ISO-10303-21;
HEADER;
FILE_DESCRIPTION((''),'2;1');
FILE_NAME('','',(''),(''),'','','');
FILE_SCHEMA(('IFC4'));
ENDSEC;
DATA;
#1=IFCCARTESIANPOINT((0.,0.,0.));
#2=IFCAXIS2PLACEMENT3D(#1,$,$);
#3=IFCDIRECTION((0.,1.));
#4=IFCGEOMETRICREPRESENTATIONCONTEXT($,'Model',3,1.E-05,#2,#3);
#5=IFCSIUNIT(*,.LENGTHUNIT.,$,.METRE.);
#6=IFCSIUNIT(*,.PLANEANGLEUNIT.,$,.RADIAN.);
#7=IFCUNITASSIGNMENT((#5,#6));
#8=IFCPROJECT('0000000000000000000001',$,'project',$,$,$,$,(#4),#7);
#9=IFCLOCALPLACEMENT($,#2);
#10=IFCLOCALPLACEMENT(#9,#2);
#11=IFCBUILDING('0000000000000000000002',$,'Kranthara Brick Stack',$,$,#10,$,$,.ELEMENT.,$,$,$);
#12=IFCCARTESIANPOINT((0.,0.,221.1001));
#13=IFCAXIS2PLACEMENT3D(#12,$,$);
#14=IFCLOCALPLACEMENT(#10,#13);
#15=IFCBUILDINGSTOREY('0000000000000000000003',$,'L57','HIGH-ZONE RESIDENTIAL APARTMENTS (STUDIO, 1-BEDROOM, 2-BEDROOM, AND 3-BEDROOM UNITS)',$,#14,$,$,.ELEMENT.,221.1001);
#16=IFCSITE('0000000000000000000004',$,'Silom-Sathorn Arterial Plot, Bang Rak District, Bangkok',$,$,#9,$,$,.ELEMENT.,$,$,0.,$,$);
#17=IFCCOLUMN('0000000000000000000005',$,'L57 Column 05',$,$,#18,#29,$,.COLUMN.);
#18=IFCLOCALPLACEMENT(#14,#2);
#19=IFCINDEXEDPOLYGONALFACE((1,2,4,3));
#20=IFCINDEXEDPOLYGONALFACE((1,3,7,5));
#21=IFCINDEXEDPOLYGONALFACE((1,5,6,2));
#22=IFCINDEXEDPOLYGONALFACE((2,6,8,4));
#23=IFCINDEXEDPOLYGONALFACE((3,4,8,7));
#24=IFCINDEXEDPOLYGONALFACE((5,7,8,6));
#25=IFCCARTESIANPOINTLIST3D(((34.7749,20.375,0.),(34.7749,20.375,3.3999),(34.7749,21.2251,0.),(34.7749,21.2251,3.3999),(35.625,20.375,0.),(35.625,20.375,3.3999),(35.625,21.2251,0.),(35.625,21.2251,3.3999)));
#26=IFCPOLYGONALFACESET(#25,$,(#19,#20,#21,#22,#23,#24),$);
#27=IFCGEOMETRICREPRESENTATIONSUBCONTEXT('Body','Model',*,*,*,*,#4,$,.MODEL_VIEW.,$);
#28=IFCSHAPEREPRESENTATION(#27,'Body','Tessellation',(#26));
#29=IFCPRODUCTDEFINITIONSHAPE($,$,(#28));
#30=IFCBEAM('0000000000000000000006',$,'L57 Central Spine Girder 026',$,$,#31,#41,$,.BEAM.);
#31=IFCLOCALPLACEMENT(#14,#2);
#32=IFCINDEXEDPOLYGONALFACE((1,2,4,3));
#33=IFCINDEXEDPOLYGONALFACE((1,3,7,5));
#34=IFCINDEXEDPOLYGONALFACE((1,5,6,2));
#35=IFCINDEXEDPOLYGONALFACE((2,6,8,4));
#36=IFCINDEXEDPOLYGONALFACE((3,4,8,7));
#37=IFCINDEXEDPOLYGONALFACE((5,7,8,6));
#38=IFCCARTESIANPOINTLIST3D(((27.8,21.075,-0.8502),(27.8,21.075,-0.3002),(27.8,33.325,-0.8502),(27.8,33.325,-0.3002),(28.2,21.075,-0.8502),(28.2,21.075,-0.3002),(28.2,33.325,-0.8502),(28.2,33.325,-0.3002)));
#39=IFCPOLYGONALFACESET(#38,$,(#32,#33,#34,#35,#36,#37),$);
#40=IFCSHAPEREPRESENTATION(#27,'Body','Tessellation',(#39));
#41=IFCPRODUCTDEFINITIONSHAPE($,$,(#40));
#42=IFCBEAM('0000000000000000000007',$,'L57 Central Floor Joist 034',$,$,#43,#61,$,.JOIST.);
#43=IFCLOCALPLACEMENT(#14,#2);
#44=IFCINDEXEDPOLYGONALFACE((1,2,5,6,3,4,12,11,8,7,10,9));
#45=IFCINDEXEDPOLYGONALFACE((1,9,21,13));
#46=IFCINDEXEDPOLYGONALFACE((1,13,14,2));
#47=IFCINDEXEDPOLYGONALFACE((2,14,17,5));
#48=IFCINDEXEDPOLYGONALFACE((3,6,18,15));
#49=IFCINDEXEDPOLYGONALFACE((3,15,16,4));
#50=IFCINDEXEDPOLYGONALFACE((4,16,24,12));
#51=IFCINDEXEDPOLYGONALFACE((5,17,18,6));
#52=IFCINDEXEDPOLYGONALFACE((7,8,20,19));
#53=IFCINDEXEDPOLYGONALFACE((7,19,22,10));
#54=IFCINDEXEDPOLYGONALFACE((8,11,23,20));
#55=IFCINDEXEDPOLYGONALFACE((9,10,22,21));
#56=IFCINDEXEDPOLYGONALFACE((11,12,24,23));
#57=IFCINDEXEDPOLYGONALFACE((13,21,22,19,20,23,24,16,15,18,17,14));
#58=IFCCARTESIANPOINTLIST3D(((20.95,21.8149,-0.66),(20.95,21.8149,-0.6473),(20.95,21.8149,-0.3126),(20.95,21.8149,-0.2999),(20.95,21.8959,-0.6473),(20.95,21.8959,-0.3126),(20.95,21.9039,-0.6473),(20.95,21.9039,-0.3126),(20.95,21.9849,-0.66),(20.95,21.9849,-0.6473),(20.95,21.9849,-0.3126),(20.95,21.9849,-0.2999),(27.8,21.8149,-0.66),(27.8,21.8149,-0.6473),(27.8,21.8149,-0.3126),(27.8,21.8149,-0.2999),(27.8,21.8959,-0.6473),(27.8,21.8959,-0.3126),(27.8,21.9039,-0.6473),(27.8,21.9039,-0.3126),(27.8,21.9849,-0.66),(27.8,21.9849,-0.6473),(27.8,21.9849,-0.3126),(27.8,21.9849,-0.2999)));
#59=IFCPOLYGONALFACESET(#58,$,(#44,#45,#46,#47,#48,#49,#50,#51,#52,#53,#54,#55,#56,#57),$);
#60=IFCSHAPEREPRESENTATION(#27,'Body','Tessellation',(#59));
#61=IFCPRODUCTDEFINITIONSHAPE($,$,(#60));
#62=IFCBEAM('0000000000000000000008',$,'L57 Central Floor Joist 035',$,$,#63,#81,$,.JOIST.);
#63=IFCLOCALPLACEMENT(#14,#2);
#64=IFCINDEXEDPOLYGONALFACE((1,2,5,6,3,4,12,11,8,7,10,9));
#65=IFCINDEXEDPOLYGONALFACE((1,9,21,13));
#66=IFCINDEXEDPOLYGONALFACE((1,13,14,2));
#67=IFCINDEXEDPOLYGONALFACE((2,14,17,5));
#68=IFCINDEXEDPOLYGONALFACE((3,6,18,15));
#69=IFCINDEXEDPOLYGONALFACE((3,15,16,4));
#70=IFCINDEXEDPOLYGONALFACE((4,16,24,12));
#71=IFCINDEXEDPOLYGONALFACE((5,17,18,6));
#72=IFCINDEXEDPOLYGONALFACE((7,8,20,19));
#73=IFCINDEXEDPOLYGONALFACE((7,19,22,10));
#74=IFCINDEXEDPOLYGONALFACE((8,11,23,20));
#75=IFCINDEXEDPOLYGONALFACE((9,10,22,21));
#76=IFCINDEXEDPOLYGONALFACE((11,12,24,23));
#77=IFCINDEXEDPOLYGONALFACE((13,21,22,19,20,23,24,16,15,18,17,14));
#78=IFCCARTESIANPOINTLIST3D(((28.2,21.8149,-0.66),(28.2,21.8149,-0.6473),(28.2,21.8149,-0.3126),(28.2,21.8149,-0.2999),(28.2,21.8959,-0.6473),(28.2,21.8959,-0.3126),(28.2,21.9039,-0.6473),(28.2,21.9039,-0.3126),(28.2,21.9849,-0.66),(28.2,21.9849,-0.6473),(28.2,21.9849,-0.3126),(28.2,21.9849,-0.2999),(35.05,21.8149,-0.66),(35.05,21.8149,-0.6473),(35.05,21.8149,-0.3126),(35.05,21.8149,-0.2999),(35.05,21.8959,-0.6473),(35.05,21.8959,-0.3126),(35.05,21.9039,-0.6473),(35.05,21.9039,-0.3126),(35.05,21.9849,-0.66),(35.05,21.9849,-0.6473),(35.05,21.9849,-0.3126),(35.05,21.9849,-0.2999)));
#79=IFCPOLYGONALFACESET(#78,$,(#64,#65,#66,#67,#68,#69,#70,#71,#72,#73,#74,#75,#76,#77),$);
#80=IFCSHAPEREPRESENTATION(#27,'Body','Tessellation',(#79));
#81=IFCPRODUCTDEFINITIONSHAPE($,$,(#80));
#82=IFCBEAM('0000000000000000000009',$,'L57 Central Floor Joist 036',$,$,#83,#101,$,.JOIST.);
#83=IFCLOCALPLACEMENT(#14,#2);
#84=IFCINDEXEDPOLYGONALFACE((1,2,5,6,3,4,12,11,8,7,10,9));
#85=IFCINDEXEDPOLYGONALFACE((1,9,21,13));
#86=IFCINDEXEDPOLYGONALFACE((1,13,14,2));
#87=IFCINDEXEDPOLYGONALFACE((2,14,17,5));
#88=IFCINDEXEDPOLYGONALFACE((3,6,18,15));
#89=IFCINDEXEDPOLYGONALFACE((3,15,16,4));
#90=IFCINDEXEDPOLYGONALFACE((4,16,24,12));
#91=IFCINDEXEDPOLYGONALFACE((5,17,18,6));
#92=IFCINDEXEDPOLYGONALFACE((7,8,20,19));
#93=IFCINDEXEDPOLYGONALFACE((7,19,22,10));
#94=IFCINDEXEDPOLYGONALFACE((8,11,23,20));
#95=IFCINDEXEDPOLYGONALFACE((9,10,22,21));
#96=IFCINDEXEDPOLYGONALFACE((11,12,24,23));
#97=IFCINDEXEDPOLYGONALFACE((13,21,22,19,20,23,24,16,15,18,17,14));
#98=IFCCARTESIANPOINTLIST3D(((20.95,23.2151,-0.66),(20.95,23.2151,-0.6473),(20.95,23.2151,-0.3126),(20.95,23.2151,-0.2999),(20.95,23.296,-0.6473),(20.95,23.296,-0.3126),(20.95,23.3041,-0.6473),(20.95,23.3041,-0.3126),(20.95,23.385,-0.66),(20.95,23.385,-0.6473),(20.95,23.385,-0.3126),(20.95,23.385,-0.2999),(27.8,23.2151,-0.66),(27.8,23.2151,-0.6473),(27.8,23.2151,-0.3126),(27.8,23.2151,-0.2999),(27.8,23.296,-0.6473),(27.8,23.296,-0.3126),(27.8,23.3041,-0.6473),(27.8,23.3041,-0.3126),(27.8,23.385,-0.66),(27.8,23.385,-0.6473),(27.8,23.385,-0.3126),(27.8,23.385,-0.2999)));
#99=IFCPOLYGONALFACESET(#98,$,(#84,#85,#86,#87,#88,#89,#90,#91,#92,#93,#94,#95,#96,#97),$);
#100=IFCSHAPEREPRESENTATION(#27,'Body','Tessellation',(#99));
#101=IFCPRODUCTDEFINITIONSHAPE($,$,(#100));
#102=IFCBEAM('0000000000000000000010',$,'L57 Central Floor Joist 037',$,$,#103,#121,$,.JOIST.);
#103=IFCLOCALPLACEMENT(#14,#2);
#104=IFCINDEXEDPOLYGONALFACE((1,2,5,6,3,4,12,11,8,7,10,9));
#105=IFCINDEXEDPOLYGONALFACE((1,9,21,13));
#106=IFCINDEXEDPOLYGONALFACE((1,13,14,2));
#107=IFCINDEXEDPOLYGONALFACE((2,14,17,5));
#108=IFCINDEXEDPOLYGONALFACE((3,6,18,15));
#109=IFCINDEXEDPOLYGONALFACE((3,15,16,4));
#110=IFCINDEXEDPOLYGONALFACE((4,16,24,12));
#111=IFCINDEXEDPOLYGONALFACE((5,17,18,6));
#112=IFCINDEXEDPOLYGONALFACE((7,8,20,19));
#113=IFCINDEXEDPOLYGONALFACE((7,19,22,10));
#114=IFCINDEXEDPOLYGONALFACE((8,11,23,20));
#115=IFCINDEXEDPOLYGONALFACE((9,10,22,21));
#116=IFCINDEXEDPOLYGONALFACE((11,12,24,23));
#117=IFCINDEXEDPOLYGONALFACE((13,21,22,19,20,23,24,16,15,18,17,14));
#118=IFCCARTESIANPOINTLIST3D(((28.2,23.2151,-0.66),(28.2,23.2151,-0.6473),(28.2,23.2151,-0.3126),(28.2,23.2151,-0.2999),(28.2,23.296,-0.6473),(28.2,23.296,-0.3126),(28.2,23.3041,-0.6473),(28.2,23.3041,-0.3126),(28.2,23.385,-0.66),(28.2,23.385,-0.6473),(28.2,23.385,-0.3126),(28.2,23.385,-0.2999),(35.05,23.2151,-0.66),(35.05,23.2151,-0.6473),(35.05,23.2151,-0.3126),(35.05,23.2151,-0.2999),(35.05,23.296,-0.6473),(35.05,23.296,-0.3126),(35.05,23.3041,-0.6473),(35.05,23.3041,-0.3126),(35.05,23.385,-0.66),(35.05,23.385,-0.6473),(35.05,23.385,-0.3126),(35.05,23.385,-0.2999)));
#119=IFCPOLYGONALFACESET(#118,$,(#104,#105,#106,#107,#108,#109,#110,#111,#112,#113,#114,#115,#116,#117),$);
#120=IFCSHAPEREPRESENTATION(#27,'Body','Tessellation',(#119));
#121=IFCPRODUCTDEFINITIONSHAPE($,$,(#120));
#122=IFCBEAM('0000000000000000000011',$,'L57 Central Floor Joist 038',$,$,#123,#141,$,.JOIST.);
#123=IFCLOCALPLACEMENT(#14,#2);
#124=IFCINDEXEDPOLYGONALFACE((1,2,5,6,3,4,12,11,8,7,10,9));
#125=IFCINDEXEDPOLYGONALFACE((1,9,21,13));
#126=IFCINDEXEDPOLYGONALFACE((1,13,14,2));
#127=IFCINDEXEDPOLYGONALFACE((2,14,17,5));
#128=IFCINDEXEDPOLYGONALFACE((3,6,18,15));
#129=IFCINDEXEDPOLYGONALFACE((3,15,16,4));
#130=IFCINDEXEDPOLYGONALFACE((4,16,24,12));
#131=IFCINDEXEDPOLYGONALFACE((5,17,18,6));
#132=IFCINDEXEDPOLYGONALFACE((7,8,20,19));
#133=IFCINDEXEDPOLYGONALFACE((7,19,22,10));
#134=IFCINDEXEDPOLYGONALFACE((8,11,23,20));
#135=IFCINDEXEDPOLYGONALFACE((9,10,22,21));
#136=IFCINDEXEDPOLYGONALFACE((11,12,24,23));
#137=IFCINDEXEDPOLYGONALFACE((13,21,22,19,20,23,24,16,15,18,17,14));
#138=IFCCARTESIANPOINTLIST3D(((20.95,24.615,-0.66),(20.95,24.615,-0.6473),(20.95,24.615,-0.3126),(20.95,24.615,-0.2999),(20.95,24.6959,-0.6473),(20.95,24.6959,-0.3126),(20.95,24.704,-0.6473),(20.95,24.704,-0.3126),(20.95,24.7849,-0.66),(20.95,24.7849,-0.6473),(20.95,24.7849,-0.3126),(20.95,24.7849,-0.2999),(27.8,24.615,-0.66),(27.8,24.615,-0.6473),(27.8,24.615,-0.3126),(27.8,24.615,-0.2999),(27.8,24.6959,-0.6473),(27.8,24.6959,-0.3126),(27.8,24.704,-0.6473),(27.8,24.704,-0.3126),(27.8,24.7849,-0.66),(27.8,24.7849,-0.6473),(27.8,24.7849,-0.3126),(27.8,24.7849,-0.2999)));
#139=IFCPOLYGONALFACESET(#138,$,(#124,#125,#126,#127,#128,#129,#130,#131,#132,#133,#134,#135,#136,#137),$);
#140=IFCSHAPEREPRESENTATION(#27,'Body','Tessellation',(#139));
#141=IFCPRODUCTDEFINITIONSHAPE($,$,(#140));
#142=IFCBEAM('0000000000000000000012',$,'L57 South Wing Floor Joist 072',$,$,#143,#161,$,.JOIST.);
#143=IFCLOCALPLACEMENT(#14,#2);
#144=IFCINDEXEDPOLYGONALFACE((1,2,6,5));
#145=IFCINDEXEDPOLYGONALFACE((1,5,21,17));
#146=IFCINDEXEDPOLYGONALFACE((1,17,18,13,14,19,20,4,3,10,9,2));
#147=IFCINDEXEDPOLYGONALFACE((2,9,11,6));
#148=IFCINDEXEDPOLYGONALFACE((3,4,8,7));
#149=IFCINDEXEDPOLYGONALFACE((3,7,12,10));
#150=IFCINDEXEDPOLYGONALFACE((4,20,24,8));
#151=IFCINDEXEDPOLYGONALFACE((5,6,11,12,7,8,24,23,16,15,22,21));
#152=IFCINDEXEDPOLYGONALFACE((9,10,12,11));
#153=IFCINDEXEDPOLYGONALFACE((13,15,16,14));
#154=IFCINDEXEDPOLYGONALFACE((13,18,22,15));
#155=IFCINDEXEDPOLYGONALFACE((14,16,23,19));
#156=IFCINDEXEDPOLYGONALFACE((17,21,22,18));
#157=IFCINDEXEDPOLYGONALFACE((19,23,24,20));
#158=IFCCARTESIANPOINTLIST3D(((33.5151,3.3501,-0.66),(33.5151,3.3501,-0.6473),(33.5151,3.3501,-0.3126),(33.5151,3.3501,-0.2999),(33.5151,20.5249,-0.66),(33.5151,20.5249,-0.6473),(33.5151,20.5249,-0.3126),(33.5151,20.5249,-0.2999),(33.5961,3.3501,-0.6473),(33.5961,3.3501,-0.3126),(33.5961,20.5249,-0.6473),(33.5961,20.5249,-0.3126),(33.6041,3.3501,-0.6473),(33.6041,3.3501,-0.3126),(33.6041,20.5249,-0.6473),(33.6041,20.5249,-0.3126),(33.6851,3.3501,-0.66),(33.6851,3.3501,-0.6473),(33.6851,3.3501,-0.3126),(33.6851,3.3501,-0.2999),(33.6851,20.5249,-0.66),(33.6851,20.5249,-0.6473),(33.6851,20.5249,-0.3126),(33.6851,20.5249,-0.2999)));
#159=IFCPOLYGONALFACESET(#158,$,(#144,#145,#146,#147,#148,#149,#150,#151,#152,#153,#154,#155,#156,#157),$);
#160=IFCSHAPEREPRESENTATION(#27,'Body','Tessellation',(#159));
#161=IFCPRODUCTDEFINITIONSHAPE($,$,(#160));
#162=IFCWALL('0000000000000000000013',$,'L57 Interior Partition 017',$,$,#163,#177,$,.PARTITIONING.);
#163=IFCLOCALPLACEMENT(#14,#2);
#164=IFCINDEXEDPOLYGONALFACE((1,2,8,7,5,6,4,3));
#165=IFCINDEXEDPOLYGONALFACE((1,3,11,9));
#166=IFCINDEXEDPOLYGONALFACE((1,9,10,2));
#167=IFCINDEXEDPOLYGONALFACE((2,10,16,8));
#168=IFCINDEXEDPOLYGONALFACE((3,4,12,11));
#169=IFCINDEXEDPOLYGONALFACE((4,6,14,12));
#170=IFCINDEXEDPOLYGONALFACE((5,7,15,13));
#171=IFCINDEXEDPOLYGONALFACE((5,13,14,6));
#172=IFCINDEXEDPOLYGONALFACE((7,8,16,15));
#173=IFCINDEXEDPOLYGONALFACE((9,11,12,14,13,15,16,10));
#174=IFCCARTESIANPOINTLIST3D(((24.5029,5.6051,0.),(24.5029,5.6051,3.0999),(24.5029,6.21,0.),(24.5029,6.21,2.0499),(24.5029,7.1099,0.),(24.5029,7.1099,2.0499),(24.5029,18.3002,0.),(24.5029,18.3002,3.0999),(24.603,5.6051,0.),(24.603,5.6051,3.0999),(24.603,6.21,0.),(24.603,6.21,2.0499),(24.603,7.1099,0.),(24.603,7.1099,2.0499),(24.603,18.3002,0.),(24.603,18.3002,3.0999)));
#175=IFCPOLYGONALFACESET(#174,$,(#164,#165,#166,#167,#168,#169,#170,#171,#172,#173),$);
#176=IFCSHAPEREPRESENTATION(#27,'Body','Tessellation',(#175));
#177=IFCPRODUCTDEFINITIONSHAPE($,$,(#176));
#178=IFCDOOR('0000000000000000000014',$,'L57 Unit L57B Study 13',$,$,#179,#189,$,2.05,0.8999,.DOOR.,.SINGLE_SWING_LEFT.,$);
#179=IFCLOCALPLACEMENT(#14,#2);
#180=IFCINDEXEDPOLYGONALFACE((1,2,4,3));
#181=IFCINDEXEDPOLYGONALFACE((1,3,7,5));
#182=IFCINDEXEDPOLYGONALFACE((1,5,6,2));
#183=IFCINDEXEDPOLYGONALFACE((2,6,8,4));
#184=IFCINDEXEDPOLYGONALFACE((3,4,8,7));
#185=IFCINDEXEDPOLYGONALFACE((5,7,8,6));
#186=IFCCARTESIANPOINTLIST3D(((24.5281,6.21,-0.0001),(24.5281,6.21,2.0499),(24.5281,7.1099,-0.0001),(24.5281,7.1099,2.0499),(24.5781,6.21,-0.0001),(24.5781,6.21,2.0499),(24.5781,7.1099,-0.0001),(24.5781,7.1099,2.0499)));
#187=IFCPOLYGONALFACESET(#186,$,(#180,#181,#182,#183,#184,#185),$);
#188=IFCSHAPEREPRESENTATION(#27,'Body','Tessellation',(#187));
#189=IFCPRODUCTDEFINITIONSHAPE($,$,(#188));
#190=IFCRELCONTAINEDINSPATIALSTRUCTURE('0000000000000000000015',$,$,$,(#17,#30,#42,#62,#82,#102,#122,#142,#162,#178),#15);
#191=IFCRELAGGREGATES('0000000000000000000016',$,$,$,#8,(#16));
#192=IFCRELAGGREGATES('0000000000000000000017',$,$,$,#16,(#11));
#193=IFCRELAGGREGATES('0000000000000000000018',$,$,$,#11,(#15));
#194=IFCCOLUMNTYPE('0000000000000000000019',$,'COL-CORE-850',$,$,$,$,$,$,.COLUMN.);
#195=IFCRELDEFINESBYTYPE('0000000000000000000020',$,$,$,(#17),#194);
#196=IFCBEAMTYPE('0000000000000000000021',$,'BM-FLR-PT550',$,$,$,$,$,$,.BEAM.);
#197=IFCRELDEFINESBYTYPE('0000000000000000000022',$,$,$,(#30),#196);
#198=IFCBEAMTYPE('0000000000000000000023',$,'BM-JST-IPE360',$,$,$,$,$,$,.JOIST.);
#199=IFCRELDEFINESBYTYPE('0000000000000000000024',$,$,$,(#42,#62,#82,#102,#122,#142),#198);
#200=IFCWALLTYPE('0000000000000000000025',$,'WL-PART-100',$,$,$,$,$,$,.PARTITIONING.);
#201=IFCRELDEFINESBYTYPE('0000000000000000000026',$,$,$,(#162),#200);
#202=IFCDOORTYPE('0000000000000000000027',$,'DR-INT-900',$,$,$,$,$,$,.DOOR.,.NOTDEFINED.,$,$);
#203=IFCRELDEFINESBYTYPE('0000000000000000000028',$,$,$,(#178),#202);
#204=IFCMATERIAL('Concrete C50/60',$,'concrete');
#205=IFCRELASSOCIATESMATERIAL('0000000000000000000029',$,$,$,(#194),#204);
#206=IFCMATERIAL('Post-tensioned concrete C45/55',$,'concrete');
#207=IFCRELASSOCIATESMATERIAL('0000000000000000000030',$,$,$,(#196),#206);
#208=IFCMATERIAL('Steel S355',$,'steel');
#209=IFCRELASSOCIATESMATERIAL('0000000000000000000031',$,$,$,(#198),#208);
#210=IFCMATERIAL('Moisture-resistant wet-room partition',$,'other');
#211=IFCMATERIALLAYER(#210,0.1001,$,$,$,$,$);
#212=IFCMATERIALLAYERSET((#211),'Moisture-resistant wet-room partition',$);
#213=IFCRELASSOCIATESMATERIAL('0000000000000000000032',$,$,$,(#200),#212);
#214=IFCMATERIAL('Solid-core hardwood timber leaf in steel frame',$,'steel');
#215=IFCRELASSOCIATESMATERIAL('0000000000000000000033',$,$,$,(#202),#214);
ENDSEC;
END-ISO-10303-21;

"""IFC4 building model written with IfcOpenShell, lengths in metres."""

from ifc_helpers import new_model, si_unit, direction, frame, frame_2d, origin, origin_2d, place, context, subcontext, project, spatial, rectangle, i_section, extrude, material, layer, layer_set, material_profile, profile_set, type_object, element, fill, save


model = new_model("IFC4")

# Units and contexts
model_context = context("Model", 3, precision=1e-05, world=origin(), true_north=direction((0.0, 1.0)))
body_context = subcontext(model_context, "Body", "Model", "MODEL_VIEW")
ifc_project = project(units=[si_unit("LENGTHUNIT", "METRE"), si_unit("PLANEANGLEUNIT", "RADIAN")], contexts=[model_context])

# Site, building, storey
site_placement = place(None, origin())
site = spatial("IfcSite", under=ifc_project, at=site_placement, Name="Silom-Sathorn Arterial Plot, Bang Rak District, Bangkok", CompositionType="ELEMENT", RefElevation=0.0)
building_placement = place(site_placement, origin())
building = spatial("IfcBuilding", under=site, at=building_placement, Name="Kranthara Brick Stack", CompositionType="ELEMENT")
storey_placement = place(building_placement, frame((0.0, 0.0, 221.1001)))
storey = spatial("IfcBuildingStorey", under=building, at=storey_placement, Name="L57", Description="HIGH-ZONE RESIDENTIAL APARTMENTS (STUDIO, 1-BEDROOM, 2-BEDROOM, AND 3-BEDROOM UNITS)", CompositionType="ELEMENT", Elevation=221.1001)

# Column
ifc_material_1 = material(Name="Concrete C50/60", Category="concrete")
ifc_material_profile_1 = material_profile(ifc_material_1, rectangle(XDim=0.8501, YDim=0.8501, at=origin_2d()), Name="RC 850x850")
ifc_profile_set_1 = profile_set([ifc_material_profile_1], Name="Concrete C50/60")
column_type = type_object("IfcColumnType", Name="COL-CORE-850", PredefinedType="COLUMN", material=ifc_profile_set_1)
column_placement = place(storey_placement, frame((35.2, 20.8, 0.0), z_axis=(0.0, 0.0, 1.0), x_axis=(1.0, 0.0, 0.0)))
element("IfcColumn", 1, at=column_placement, inside=storey, type_object=column_type, Name="L57 Column 05", PredefinedType="COLUMN", context=body_context, shape_type="SweptSolid", body=[
    extrude(rectangle(XDim=0.8501, YDim=0.8501, at=origin_2d()), origin(), (0.0, 0.0, 1.0), 3.3999),
])

# Beams
ifc_material_2 = material(Name="Post-tensioned concrete C45/55", Category="concrete")
ifc_material_profile_2 = material_profile(ifc_material_2, rectangle(XDim=0.3999, YDim=0.55, at=origin_2d()), Name="PT 400x550")
ifc_profile_set_2 = profile_set([ifc_material_profile_2], Name="Post-tensioned concrete C45/55")
beam_type_1 = type_object("IfcBeamType", Name="BM-FLR-PT550", PredefinedType="BEAM", material=ifc_profile_set_2)
beam_1_placement = place(storey_placement, frame((28.0, 21.075, -0.5752), z_axis=(0.0, 1.0, 0.0), x_axis=(-1.0, 0.0, 0.0)))
element("IfcBeam", 2, at=beam_1_placement, inside=storey, type_object=beam_type_1, Name="L57 Central Spine Girder 026", PredefinedType="BEAM", context=body_context, shape_type="SweptSolid", body=[
    extrude(rectangle(XDim=0.3999, YDim=0.55, at=origin_2d()), origin(), (0.0, 0.0, 1.0), 12.25),
])
ifc_material_3 = material(Name="Steel S355", Category="steel")
ifc_material_profile_3 = material_profile(ifc_material_3, i_section(OverallWidth=0.1699, OverallDepth=0.3601, WebThickness=0.0081, FlangeThickness=0.0127, at=origin_2d()), Name="IPE 360")
ifc_profile_set_3 = profile_set([ifc_material_profile_3], Name="Steel S355")
beam_type_2 = type_object("IfcBeamType", Name="BM-JST-IPE360", PredefinedType="JOIST", material=ifc_profile_set_3)
for number, where, z_axis, x_axis, name in (
    (3, (20.95, 21.8999, -0.48), (1.0, 0.0, 0.0), (0.0, 1.0, 0.0), "L57 Central Floor Joist 034"),
    (4, (28.2, 21.8999, -0.48), (1.0, 0.0, 0.0), (0.0, 1.0, 0.0), "L57 Central Floor Joist 035"),
    (5, (20.95, 23.3, -0.48), (1.0, 0.0, 0.0), (0.0, 1.0, 0.0), "L57 Central Floor Joist 036"),
    (6, (28.2, 23.3, -0.48), (1.0, 0.0, 0.0), (0.0, 1.0, 0.0), "L57 Central Floor Joist 037"),
    (7, (20.95, 24.7, -0.48), (1.0, 0.0, 0.0), (0.0, 1.0, 0.0), "L57 Central Floor Joist 038"),
):
    element("IfcBeam", number, at=place(storey_placement, frame(where, z_axis=z_axis, x_axis=x_axis)), inside=storey, type_object=beam_type_2, Name=name, PredefinedType="JOIST", context=body_context, shape_type="SweptSolid", body=[
        extrude(i_section(OverallWidth=0.1699, OverallDepth=0.3601, WebThickness=0.0081, FlangeThickness=0.0127, at=origin_2d()), origin(), (0.0, 0.0, 1.0), 6.8501),
    ])
beam_2_placement = place(storey_placement, frame((33.6001, 3.3501, -0.48), z_axis=(0.0, 1.0, 0.0), x_axis=(-1.0, 0.0, 0.0)))
element("IfcBeam", 8, at=beam_2_placement, inside=storey, type_object=beam_type_2, Name="L57 South Wing Floor Joist 072", PredefinedType="JOIST", context=body_context, shape_type="SweptSolid", body=[
    extrude(i_section(OverallWidth=0.1699, OverallDepth=0.3601, WebThickness=0.0081, FlangeThickness=0.0127, at=origin_2d()), origin(), (0.0, 0.0, 1.0), 17.1748),
])

# Wall, opening, door
ifc_material_4 = material(Name="Moisture-resistant wet-room partition", Category="other")
ifc_layer = layer(ifc_material_4, 0.1001)
ifc_layer_set = layer_set([ifc_layer], Name="Moisture-resistant wet-room partition")
wall_type = type_object("IfcWallType", Name="WL-PART-100", PredefinedType="PARTITIONING", material=ifc_layer_set)
wall_1_placement = place(storey_placement, frame((24.553, 5.605, 0.0), z_axis=(0.0, 0.0, 1.0), x_axis=(0.0, 1.0, 0.0)))
wall_1 = element("IfcWall", 9, at=wall_1_placement, inside=storey, type_object=wall_type, Name="L57 Interior Partition 017", PredefinedType="PARTITIONING", context=body_context, shape_type="SweptSolid", body=[
    extrude(rectangle(XDim=12.6951, YDim=0.1001, at=frame_2d((6.3477, 0.0))), origin(), (0.0, 0.0, 1.0), 3.0999),
])
opening_1_placement = place(wall_1_placement, frame((0.605, 0.0, 0.0)))
opening_1 = element("IfcOpeningElement", 10, at=opening_1_placement, cuts=wall_1, PredefinedType="OPENING", context=body_context, shape_type="SweptSolid", body=[
    extrude(rectangle(XDim=0.8999, YDim=2.05, at=frame_2d((0.45, 1.0249))), frame((0.0, 0.0601, 0.0), z_axis=(0.0, -1.0, 0.0), x_axis=(1.0, 0.0, 0.0)), (0.0, 0.0, 1.0), 0.1201),
])
ifc_material_5 = material(Name="Solid-core hardwood timber leaf in steel frame", Category="steel")
door_type_1 = type_object("IfcDoorType", Name="DR-INT-900", OperationType="NOTDEFINED", PredefinedType="DOOR", material=ifc_material_5)
door_1_placement = place(opening_1_placement, origin())
door_1 = element("IfcDoor", 11, at=door_1_placement, inside=storey, type_object=door_type_1, Name="L57 Unit L57B Study 13", OperationType="SINGLE_SWING_LEFT", OverallHeight=2.05, OverallWidth=0.8999, PredefinedType="DOOR", context=body_context, shape_type="SweptSolid", body=[
    extrude(rectangle(XDim=0.8999, YDim=2.05, at=frame_2d((0.45, 1.0249))), frame((0.0, 0.0249, 0.0), z_axis=(0.0, -1.0, 0.0), x_axis=(1.0, 0.0, 0.0)), (0.0, 0.0, 1.0), 0.05),
])
fill(opening_1, door_1)

save(model, "model.ifc")
